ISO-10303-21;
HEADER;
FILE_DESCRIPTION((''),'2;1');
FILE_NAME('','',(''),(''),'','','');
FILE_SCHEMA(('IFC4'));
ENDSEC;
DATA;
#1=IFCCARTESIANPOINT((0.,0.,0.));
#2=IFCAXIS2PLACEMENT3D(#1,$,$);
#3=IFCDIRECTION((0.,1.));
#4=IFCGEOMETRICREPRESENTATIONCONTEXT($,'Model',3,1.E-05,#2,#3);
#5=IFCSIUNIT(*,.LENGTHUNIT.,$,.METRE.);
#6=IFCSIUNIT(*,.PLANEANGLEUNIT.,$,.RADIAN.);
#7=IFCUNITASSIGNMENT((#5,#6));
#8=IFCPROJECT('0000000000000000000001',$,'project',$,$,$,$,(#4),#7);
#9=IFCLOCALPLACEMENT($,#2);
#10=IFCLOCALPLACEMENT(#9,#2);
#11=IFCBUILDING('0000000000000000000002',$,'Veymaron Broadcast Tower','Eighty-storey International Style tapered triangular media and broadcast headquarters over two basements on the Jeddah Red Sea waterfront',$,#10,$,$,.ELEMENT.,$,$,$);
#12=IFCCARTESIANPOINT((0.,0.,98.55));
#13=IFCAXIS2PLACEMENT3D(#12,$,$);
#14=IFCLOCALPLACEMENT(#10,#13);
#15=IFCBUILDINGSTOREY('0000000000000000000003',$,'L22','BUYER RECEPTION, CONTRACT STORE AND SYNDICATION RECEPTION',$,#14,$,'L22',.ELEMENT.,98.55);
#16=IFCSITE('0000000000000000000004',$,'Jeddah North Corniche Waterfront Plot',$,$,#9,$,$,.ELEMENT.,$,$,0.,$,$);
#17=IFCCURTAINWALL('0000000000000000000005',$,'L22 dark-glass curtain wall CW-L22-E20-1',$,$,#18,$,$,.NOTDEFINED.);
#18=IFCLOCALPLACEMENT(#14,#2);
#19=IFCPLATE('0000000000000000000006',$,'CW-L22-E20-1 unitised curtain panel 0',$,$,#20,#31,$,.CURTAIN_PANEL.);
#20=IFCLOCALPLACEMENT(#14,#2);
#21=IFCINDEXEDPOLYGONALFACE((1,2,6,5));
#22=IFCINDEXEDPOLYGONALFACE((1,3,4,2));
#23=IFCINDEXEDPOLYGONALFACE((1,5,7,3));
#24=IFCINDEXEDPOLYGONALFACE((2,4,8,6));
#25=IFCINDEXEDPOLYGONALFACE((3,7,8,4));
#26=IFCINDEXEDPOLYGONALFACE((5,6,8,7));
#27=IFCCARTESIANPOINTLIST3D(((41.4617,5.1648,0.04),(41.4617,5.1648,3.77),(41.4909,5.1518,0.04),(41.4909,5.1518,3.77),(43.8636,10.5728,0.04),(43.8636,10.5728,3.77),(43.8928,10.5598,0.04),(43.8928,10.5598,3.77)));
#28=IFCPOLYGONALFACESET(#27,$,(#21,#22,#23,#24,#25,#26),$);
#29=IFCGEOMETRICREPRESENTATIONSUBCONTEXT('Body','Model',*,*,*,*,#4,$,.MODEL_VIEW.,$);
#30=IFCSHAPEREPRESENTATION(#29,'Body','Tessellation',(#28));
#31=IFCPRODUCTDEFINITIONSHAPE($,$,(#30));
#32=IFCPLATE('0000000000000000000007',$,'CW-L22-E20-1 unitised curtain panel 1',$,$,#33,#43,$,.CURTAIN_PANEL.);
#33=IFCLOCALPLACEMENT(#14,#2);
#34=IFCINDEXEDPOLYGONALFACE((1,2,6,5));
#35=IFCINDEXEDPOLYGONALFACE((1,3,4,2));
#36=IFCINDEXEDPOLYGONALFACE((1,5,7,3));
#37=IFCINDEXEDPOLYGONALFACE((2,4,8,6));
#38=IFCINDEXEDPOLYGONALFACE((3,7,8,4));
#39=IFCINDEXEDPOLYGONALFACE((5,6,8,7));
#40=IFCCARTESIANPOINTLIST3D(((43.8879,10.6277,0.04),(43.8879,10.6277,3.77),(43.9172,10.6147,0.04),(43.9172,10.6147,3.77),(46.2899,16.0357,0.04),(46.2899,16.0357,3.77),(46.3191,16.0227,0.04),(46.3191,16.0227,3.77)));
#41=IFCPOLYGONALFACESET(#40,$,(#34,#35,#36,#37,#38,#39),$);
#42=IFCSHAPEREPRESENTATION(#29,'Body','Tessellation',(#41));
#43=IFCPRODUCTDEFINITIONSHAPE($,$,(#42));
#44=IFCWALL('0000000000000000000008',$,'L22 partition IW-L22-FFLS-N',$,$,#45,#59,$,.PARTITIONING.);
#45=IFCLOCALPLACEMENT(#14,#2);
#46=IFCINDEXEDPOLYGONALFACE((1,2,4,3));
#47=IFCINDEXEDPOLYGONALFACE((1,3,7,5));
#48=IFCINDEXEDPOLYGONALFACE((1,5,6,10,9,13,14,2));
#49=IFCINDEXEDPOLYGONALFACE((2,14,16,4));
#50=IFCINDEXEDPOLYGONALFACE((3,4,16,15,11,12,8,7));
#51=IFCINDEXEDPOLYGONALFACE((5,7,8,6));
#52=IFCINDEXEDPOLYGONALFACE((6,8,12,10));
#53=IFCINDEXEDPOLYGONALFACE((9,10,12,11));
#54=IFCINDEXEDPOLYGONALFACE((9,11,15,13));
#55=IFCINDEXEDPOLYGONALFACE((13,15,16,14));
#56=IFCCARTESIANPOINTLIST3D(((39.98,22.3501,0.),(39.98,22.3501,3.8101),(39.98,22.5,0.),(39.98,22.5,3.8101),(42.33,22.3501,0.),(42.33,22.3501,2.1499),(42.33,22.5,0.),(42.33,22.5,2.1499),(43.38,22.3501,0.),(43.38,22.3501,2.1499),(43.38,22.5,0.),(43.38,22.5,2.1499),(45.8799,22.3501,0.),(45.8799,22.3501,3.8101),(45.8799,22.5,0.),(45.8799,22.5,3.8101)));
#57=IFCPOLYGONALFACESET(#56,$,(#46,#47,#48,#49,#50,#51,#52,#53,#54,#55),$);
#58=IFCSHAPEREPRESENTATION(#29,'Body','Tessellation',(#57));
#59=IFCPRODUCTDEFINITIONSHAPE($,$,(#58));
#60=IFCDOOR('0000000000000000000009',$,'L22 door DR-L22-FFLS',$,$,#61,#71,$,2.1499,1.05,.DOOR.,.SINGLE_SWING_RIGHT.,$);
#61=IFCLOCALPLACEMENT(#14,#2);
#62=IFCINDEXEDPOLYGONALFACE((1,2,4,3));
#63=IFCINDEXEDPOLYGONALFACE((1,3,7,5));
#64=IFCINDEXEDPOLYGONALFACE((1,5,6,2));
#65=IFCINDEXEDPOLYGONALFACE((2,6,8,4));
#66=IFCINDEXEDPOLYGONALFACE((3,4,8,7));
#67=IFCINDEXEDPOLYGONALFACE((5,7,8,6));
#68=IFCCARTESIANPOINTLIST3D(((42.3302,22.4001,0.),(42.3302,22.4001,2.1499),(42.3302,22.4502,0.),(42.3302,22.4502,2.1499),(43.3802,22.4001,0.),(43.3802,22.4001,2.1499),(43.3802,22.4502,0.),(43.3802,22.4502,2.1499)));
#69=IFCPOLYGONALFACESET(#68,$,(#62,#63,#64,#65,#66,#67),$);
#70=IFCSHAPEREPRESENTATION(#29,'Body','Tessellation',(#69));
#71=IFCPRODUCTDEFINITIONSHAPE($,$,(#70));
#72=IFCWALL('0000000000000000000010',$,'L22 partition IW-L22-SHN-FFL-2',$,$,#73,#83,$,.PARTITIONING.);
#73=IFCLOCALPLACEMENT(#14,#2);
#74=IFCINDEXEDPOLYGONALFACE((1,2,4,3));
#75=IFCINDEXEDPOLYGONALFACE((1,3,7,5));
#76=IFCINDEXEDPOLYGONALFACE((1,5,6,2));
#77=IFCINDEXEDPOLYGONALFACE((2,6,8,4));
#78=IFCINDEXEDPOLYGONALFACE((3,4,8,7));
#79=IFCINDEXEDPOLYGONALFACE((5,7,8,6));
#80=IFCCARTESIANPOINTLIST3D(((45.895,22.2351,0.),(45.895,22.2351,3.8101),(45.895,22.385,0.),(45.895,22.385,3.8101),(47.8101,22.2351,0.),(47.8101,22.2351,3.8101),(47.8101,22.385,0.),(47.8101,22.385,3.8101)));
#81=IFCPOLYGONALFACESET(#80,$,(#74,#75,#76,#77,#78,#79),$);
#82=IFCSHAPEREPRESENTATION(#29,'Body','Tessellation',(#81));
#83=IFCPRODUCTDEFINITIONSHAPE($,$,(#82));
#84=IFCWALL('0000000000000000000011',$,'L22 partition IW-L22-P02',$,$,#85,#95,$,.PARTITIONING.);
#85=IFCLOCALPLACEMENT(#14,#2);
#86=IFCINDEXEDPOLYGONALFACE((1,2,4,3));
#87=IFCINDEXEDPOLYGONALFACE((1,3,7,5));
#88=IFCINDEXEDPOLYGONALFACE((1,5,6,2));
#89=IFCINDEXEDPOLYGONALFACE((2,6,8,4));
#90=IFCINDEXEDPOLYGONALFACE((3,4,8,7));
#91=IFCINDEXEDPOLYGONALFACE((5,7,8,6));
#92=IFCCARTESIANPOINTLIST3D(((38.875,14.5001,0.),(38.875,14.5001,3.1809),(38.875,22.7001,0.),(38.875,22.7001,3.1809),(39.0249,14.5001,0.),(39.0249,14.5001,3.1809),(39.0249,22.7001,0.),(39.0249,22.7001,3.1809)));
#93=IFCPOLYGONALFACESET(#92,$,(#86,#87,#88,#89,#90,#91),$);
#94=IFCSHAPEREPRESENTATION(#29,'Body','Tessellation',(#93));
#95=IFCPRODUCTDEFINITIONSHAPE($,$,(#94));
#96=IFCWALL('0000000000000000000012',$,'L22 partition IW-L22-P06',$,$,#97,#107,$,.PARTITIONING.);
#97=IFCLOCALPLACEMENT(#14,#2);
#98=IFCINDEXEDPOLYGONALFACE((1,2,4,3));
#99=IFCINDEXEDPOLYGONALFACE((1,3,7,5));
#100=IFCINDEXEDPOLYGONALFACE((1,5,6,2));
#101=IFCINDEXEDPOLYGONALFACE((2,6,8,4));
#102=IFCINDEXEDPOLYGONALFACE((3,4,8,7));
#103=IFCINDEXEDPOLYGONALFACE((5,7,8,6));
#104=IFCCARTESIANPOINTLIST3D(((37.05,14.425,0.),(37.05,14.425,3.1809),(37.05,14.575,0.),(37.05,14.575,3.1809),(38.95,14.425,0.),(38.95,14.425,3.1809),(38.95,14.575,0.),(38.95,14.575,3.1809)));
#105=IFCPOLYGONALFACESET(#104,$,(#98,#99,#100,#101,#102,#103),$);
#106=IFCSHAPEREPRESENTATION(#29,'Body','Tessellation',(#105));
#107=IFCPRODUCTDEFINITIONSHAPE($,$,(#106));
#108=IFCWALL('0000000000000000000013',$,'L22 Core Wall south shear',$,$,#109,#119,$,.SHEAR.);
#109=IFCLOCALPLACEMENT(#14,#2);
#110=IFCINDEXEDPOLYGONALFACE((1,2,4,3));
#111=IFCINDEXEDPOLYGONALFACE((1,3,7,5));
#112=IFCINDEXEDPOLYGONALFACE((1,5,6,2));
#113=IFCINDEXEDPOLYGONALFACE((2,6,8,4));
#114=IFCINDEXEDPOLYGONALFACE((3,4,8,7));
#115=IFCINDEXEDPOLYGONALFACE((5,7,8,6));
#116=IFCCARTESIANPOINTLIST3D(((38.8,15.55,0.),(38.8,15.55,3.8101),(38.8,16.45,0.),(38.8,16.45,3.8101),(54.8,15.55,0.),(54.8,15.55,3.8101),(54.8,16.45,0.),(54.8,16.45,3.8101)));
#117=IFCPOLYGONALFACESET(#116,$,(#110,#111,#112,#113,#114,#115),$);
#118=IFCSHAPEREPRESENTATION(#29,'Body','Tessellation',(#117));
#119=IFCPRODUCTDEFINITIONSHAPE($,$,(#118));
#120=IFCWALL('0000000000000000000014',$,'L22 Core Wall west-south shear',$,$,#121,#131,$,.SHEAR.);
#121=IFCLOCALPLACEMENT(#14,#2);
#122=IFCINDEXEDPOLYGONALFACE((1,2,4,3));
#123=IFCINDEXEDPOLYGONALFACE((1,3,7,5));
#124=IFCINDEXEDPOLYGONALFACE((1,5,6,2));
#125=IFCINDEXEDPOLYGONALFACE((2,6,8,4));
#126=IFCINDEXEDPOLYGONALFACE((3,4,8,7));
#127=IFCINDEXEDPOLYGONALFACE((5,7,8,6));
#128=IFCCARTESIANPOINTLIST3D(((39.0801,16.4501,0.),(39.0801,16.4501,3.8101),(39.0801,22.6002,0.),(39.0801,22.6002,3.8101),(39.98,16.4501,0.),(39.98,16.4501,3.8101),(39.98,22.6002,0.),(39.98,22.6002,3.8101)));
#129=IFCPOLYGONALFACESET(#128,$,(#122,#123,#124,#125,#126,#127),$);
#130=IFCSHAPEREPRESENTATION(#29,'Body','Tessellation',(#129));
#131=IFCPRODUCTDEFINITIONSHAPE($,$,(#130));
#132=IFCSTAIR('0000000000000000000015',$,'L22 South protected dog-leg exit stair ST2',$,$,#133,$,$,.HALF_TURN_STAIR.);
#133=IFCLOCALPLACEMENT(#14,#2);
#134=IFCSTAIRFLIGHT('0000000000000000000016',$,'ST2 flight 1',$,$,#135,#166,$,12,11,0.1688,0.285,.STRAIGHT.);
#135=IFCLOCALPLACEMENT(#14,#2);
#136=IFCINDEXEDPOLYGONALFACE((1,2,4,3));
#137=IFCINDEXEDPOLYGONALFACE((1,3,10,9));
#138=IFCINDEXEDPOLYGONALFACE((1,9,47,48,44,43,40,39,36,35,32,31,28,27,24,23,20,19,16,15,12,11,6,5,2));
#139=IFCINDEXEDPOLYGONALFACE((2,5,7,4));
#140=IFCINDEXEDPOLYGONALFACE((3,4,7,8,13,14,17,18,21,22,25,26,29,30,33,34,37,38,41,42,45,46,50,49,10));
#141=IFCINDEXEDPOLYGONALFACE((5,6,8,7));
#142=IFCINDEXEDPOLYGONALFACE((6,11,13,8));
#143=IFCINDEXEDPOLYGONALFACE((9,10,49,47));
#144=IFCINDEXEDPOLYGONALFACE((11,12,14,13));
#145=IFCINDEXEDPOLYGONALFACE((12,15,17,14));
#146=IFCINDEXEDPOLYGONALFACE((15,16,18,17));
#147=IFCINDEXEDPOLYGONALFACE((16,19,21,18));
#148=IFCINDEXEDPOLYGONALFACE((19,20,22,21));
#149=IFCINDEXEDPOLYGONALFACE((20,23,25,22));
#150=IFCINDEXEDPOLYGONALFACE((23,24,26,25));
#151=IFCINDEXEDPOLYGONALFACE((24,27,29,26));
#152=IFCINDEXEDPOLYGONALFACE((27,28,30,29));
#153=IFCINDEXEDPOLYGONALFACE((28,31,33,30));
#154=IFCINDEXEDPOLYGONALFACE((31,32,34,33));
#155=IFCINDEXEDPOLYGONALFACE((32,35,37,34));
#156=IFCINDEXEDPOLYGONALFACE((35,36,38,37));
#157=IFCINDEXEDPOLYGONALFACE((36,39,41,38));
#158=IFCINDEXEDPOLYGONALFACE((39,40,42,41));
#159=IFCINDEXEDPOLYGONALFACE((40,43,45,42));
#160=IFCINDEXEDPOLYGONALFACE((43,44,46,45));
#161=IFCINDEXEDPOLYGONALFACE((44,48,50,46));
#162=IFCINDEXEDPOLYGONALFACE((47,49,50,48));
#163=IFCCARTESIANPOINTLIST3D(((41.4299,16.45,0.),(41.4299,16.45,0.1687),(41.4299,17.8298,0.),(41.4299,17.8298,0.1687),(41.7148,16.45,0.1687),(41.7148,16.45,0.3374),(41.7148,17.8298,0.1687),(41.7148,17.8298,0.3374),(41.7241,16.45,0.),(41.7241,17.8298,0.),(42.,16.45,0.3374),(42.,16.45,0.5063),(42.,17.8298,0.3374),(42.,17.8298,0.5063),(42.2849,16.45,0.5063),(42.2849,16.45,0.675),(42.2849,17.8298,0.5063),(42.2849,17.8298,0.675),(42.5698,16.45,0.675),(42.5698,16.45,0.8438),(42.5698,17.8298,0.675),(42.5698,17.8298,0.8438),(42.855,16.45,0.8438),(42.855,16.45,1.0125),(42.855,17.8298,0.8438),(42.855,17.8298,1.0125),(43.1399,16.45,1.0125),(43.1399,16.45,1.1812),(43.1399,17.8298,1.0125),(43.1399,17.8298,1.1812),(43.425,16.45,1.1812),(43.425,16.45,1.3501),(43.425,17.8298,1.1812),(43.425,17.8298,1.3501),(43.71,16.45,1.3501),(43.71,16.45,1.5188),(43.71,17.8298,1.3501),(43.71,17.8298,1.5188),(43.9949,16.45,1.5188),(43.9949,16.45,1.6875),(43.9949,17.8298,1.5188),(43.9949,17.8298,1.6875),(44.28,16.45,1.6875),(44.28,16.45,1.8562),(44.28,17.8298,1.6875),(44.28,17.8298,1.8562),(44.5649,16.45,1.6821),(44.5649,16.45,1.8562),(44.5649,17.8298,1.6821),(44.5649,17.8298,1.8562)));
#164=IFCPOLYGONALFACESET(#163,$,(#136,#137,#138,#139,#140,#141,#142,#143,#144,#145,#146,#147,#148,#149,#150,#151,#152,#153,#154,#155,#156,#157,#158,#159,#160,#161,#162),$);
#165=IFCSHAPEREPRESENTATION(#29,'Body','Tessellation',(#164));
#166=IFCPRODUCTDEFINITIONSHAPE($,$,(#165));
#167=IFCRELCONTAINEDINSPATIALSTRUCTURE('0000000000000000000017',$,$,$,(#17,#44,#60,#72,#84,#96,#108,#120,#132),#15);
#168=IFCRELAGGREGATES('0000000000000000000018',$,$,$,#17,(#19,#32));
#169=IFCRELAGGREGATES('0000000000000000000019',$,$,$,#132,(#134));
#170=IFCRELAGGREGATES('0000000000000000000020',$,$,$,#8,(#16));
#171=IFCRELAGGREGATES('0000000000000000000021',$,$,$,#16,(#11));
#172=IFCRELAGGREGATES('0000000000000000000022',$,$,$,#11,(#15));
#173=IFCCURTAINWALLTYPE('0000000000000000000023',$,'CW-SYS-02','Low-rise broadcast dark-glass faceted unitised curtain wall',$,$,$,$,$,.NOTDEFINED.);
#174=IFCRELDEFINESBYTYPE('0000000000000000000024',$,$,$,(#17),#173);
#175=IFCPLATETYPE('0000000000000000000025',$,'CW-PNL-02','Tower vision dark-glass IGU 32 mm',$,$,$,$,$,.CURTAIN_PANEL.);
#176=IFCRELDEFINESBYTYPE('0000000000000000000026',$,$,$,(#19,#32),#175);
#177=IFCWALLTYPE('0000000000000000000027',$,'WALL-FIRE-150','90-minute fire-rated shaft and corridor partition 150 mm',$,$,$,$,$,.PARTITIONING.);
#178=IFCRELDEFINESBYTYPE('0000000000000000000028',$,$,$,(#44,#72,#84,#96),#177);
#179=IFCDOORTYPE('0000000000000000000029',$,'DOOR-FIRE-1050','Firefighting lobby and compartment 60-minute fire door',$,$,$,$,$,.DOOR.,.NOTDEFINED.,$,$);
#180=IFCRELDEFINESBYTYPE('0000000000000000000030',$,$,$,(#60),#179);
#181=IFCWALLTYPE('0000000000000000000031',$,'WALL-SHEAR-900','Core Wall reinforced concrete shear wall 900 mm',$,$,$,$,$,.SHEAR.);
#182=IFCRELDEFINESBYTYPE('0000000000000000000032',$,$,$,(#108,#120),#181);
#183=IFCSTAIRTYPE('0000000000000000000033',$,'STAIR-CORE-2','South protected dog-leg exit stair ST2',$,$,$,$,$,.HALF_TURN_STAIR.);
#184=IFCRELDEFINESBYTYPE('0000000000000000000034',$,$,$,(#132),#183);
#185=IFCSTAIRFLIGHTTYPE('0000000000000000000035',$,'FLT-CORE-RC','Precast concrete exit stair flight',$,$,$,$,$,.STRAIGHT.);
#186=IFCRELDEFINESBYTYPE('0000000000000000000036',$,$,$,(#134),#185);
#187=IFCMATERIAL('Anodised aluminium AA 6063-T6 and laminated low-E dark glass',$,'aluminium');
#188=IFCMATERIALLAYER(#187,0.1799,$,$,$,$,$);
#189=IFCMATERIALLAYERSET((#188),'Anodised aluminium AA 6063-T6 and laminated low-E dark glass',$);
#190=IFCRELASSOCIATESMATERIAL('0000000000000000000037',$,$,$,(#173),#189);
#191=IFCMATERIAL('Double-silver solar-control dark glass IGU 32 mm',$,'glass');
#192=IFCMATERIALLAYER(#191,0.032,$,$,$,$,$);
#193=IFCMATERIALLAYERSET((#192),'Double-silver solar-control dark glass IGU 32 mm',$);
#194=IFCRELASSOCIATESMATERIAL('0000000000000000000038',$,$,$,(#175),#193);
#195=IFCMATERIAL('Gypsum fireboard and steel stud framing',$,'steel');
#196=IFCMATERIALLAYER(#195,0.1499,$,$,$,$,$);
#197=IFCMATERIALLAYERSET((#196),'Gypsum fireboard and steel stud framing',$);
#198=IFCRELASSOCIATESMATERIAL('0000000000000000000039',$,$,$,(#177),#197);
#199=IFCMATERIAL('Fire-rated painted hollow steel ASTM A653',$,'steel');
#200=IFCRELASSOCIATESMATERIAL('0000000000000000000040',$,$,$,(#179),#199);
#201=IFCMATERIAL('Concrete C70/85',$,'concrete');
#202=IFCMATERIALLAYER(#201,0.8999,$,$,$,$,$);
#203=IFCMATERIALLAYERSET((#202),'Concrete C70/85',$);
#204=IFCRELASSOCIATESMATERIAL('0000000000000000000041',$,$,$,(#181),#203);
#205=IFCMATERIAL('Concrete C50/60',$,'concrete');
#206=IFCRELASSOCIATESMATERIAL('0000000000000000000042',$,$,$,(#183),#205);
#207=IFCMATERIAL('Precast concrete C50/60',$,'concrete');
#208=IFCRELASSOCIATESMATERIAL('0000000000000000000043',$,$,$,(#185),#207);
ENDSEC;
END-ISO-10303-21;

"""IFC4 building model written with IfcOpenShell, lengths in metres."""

from ifc_helpers import new_model, si_unit, direction, frame, frame_2d, origin, origin_2d, place, context, subcontext, project, spatial, polyline, rectangle, outline, extrude, material, layer, layer_set, type_object, element, fill, aggregate, save


model = new_model("IFC4")

# Units and contexts
model_context = context("Model", 3, precision=1e-05, world=origin(), true_north=direction((0.0, 1.0)))
body_context = subcontext(model_context, "Body", "Model", "MODEL_VIEW")
ifc_project = project(units=[si_unit("LENGTHUNIT", "METRE"), si_unit("PLANEANGLEUNIT", "RADIAN")], contexts=[model_context])

# Site, building, storey
site_placement = place(None, origin())
site = spatial("IfcSite", under=ifc_project, at=site_placement, Name="Jeddah North Corniche Waterfront Plot", CompositionType="ELEMENT", RefElevation=0.0)
building_placement = place(site_placement, origin())
building = spatial("IfcBuilding", under=site, at=building_placement, Name="Veymaron Broadcast Tower", Description="Eighty-storey International Style tapered triangular media and broadcast headquarters over two basements on the Jeddah Red Sea waterfront", CompositionType="ELEMENT")
storey_placement = place(building_placement, frame((0.0, 0.0, 98.55)))
storey = spatial("IfcBuildingStorey", under=building, at=storey_placement, Name="L22", Description="BUYER RECEPTION, CONTRACT STORE AND SYNDICATION RECEPTION", LongName="L22", CompositionType="ELEMENT", Elevation=98.55)

# Shared definitions
ifc_material_1 = material(Name="Concrete C70/85", Category="concrete")

# Curtain wall, plates
ifc_material_2 = material(Name="Anodised aluminium AA 6063-T6 and laminated low-E dark glass", Category="aluminium")
ifc_layer_1 = layer(ifc_material_2, 0.1799)
ifc_layer_set_1 = layer_set([ifc_layer_1], Name="Anodised aluminium AA 6063-T6 and laminated low-E dark glass")
curtain_wall_type = type_object("IfcCurtainWallType", Name="CW-SYS-02", Description="Low-rise broadcast dark-glass faceted unitised curtain wall", PredefinedType="NOTDEFINED", material=ifc_layer_set_1)
curtain_wall_placement = place(storey_placement, origin())
curtain_wall = element("IfcCurtainWall", 1, at=curtain_wall_placement, inside=storey, type_object=curtain_wall_type, Name="L22 dark-glass curtain wall CW-L22-E20-1", PredefinedType="NOTDEFINED")
ifc_material_3 = material(Name="Double-silver solar-control dark glass IGU 32 mm", Category="glass")
ifc_layer_2 = layer(ifc_material_3, 0.032)
ifc_layer_set_2 = layer_set([ifc_layer_2], Name="Double-silver solar-control dark glass IGU 32 mm")
plate_type = type_object("IfcPlateType", Name="CW-PNL-02", Description="Tower vision dark-glass IGU 32 mm", PredefinedType="CURTAIN_PANEL", material=ifc_layer_set_2)
plate_1_placement = place(storey_placement, frame((42.6772, 7.8623, 0.04), z_axis=(0.0, 0.0, 1.0), x_axis=(0.405907, 0.913914, 0.0)))
plate_1 = element("IfcPlate", 2, at=plate_1_placement, type_object=plate_type, Name="CW-L22-E20-1 unitised curtain panel 0", PredefinedType="CURTAIN_PANEL", context=body_context, shape_type="SweptSolid", body=[
    extrude(rectangle(XDim=5.9175, YDim=0.032, at=origin_2d()), origin(), (0.0, 0.0, 1.0), 3.73),
])
plate_2_placement = place(storey_placement, frame((45.1035, 13.3252, 0.04), z_axis=(0.0, 0.0, 1.0), x_axis=(0.405907, 0.913914, 0.0)))
plate_2 = element("IfcPlate", 3, at=plate_2_placement, type_object=plate_type, Name="CW-L22-E20-1 unitised curtain panel 1", PredefinedType="CURTAIN_PANEL", context=body_context, shape_type="SweptSolid", body=[
    extrude(rectangle(XDim=5.9175, YDim=0.032, at=origin_2d()), origin(), (0.0, 0.0, 1.0), 3.73),
])
aggregate(curtain_wall, [plate_1, plate_2])

# Wall, opening, door
ifc_material_4 = material(Name="Gypsum fireboard and steel stud framing", Category="steel")
ifc_layer_3 = layer(ifc_material_4, 0.1499)
ifc_layer_set_3 = layer_set([ifc_layer_3], Name="Gypsum fireboard and steel stud framing")
wall_type_1 = type_object("IfcWallType", Name="WALL-FIRE-150", Description="90-minute fire-rated shaft and corridor partition 150 mm", PredefinedType="PARTITIONING", material=ifc_layer_set_3)
wall_1_placement = place(storey_placement, frame((39.98, 22.425, 0.0), z_axis=(0.0, 0.0, 1.0), x_axis=(1.0, 0.0, 0.0)))
wall_1 = element("IfcWall", 4, at=wall_1_placement, inside=storey, type_object=wall_type_1, Name="L22 partition IW-L22-FFLS-N", PredefinedType="PARTITIONING", context=body_context, shape_type="SweptSolid", body=[
    extrude(rectangle(XDim=5.8999, YDim=0.1499, at=frame_2d((2.95, 0.0))), origin(), (0.0, 0.0, 1.0), 3.8101),
])
opening_1_placement = place(wall_1_placement, frame((2.3501, 0.0, 0.0)))
opening_1 = element("IfcOpeningElement", 5, at=opening_1_placement, cuts=wall_1, PredefinedType="OPENING", context=body_context, shape_type="SweptSolid", body=[
    extrude(rectangle(XDim=1.05, YDim=2.1499, at=frame_2d((0.5249, 1.075))), frame((0.0, 0.085, 0.0), z_axis=(0.0, -1.0, 0.0), x_axis=(1.0, 0.0, 0.0)), (0.0, 0.0, 1.0), 0.1699),
])
ifc_material_5 = material(Name="Fire-rated painted hollow steel ASTM A653", Category="steel")
door_type_1 = type_object("IfcDoorType", Name="DOOR-FIRE-1050", Description="Firefighting lobby and compartment 60-minute fire door", OperationType="NOTDEFINED", PredefinedType="DOOR", material=ifc_material_5)
door_1_placement = place(opening_1_placement, frame((1.05, 0.0, 0.0), z_axis=(0.0, 0.0, 1.0), x_axis=(-1.0, 0.0, 0.0)))
door_1 = element("IfcDoor", 6, at=door_1_placement, inside=storey, type_object=door_type_1, Name="L22 door DR-L22-FFLS", OperationType="SINGLE_SWING_RIGHT", OverallHeight=2.1499, OverallWidth=1.05, PredefinedType="DOOR", context=body_context, shape_type="SweptSolid", body=[
    extrude(rectangle(XDim=1.05, YDim=2.1499, at=frame_2d((0.5249, 1.075))), frame((0.0, 0.0249, 0.0), z_axis=(0.0, -1.0, 0.0), x_axis=(1.0, 0.0, 0.0)), (0.0, 0.0, 1.0), 0.05),
])
fill(opening_1, door_1)

# Walls
wall_2_placement = place(storey_placement, frame((45.895, 22.3101, 0.0), z_axis=(0.0, 0.0, 1.0), x_axis=(1.0, 0.0, 0.0)))
element("IfcWall", 7, at=wall_2_placement, inside=storey, type_object=wall_type_1, Name="L22 partition IW-L22-SHN-FFL-2", PredefinedType="PARTITIONING", context=body_context, shape_type="SweptSolid", body=[
    extrude(rectangle(XDim=1.915, YDim=0.1499, at=frame_2d((0.9575, 0.0))), origin(), (0.0, 0.0, 1.0), 3.8101),
])
wall_3_placement = place(storey_placement, frame((38.95, 14.5, 0.0), z_axis=(0.0, 0.0, 1.0), x_axis=(0.0, 1.0, 0.0)))
element("IfcWall", 8, at=wall_3_placement, inside=storey, type_object=wall_type_1, Name="L22 partition IW-L22-P02", PredefinedType="PARTITIONING", context=body_context, shape_type="SweptSolid", body=[
    extrude(rectangle(XDim=8.2, YDim=0.1499, at=frame_2d((4.1001, 0.0))), origin(), (0.0, 0.0, 1.0), 3.1809),
])
wall_4_placement = place(storey_placement, frame((37.05, 14.5, 0.0), z_axis=(0.0, 0.0, 1.0), x_axis=(1.0, 0.0, 0.0)))
element("IfcWall", 9, at=wall_4_placement, inside=storey, type_object=wall_type_1, Name="L22 partition IW-L22-P06", PredefinedType="PARTITIONING", context=body_context, shape_type="SweptSolid", body=[
    extrude(rectangle(XDim=1.8999, YDim=0.1499, at=frame_2d((0.95, 0.0))), origin(), (0.0, 0.0, 1.0), 3.1809),
])

# Shared definitions
ifc_material_6 = material(Name="Concrete C50/60", Category="concrete")

# Walls
ifc_layer_4 = layer(ifc_material_1, 0.8999)
ifc_layer_set_4 = layer_set([ifc_layer_4], Name="Concrete C70/85")
wall_type_2 = type_object("IfcWallType", Name="WALL-SHEAR-900", Description="Core Wall reinforced concrete shear wall 900 mm", PredefinedType="SHEAR", material=ifc_layer_set_4)
wall_5_placement = place(storey_placement, frame((38.8, 16.0, 0.0), z_axis=(0.0, 0.0, 1.0), x_axis=(1.0, 0.0, 0.0)))
element("IfcWall", 10, at=wall_5_placement, inside=storey, type_object=wall_type_2, Name="L22 Core Wall south shear", PredefinedType="SHEAR", context=body_context, shape_type="SweptSolid", body=[
    extrude(rectangle(XDim=16.0, YDim=0.8999, at=frame_2d((8.0, 0.0))), origin(), (0.0, 0.0, 1.0), 3.8101),
])
wall_6_placement = place(storey_placement, frame((39.53, 16.45, 0.0), z_axis=(0.0, 0.0, 1.0), x_axis=(0.0, 1.0, 0.0)))
element("IfcWall", 11, at=wall_6_placement, inside=storey, type_object=wall_type_2, Name="L22 Core Wall west-south shear", PredefinedType="SHEAR", context=body_context, shape_type="SweptSolid", body=[
    extrude(rectangle(XDim=6.1501, YDim=0.8999, at=frame_2d((3.0752, 0.0))), origin(), (0.0, 0.0, 1.0), 3.8101),
])

# Stair, stair flight
stair_type = type_object("IfcStairType", Name="STAIR-CORE-2", Description="South protected dog-leg exit stair ST2", PredefinedType="HALF_TURN_STAIR", material=ifc_material_6)
stair_placement = place(storey_placement, origin())
stair = element("IfcStair", 12, at=stair_placement, inside=storey, type_object=stair_type, Name="L22 South protected dog-leg exit stair ST2", PredefinedType="HALF_TURN_STAIR")
ifc_material_7 = material(Name="Precast concrete C50/60", Category="concrete")
stair_flight_type = type_object("IfcStairFlightType", Name="FLT-CORE-RC", Description="Precast concrete exit stair flight", PredefinedType="STRAIGHT", material=ifc_material_7)
stair_flight_1_placement = place(storey_placement, frame((41.4299, 17.1399, 0.0), z_axis=(0.0, 0.0, 1.0), x_axis=(1.0, 0.0, 0.0)))
stair_flight_1 = element("IfcStairFlight", 13, at=stair_flight_1_placement, type_object=stair_flight_type, Name="ST2 flight 1", NumberOfRisers=12, NumberOfTreads=11, PredefinedType="STRAIGHT", RiserHeight=0.1688, TreadLength=0.285, context=body_context, shape_type="SweptSolid", body=[
    extrude(outline(polyline([(0.0, 0.0), (0.0, 0.1687), (0.2849, 0.1687), (0.2849, 0.3374), (0.5701, 0.3374), (0.5701, 0.5063), (0.855, 0.5063), (0.855, 0.675), (1.1399, 0.675), (1.1399, 0.8438), (1.425, 0.8438), (1.425, 1.0125), (1.71, 1.0125), (1.71, 1.1812), (1.9951, 1.1812), (1.9951, 1.3501), (2.28, 1.3501), (2.28, 1.5188), (2.5649, 1.5188), (2.5649, 1.6875), (2.8501, 1.6875), (2.8501, 1.8562), (3.135, 1.8562), (3.135, 2.0249), (3.135, 1.6821), (0.2942, 0.0), (0.0, 0.0)])), frame((0.0, 0.6899, 0.0), z_axis=(0.0, -1.0, 0.0), x_axis=(1.0, 0.0, 0.0)), (0.0, 0.0, 1.0), 1.3799),
])
aggregate(stair, [stair_flight_1])

save(model, "model.ifc")
